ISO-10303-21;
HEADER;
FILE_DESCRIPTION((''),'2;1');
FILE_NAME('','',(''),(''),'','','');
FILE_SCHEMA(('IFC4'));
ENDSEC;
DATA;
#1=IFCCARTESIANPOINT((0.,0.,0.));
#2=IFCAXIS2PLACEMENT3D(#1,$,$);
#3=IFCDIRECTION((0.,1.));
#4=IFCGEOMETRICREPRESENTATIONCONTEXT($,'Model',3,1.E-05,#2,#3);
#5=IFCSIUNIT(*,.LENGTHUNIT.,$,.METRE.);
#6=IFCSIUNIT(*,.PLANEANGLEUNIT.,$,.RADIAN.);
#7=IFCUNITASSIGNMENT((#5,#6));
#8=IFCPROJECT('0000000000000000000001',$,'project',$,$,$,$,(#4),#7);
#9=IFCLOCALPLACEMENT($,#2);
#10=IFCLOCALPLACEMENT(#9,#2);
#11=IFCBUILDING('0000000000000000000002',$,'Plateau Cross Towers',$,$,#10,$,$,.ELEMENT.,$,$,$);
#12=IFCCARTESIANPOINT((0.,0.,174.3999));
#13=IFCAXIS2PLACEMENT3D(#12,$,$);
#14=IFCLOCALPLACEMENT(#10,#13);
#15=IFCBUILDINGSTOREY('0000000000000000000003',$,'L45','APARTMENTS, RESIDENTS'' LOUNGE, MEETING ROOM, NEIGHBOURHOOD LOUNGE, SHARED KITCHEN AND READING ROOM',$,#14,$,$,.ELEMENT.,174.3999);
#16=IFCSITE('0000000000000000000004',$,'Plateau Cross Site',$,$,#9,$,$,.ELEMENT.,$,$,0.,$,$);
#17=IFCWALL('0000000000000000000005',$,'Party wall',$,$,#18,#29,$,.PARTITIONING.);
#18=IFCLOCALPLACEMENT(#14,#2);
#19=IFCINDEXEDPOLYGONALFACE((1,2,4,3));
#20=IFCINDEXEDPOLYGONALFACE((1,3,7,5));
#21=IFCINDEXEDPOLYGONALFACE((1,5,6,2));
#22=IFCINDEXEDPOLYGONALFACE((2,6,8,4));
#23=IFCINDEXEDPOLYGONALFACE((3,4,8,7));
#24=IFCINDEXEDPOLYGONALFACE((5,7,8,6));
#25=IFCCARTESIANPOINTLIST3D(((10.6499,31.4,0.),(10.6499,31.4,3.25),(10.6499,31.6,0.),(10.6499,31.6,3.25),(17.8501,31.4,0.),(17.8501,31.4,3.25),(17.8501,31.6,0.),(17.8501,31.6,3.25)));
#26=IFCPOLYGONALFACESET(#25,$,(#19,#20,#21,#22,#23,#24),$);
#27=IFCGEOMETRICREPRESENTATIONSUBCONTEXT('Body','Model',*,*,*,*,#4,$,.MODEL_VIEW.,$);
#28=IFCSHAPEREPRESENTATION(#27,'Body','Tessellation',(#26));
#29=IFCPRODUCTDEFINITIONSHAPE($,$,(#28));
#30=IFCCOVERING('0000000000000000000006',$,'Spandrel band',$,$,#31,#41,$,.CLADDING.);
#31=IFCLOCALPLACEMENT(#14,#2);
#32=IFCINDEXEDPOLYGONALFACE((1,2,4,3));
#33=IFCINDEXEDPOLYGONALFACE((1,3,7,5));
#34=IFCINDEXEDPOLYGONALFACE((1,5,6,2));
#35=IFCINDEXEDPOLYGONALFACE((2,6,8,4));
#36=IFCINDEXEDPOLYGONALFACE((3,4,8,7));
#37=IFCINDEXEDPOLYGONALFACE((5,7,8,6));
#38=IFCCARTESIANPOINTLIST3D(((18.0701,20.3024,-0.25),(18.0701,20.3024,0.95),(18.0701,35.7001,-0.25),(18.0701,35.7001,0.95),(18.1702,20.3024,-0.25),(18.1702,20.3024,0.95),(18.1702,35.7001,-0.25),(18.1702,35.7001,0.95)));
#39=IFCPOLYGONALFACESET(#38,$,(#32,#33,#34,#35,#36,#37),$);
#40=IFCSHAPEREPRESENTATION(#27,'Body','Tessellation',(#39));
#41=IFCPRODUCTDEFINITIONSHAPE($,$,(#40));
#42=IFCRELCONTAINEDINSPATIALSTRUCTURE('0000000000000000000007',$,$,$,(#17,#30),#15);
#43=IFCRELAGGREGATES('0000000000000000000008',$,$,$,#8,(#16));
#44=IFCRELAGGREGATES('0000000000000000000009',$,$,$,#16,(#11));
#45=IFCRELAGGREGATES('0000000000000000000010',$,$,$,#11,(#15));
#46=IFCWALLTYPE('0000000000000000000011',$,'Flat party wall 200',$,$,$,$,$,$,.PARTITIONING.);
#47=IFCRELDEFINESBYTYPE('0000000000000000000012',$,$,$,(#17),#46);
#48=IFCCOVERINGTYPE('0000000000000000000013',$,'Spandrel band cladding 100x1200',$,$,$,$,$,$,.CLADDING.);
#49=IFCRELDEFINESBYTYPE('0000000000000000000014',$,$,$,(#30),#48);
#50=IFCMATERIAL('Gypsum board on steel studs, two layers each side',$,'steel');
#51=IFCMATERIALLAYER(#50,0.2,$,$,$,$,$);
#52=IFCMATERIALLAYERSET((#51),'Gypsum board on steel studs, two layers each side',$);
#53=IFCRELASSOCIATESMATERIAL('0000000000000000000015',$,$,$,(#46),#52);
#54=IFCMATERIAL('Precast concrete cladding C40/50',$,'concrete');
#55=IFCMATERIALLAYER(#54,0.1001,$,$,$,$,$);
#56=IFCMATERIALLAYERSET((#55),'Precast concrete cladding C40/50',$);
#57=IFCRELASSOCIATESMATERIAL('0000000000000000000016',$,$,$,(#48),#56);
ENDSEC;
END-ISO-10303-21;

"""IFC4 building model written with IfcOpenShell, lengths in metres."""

from ifc_helpers import new_model, si_unit, direction, frame, frame_2d, origin, origin_2d, place, context, subcontext, project, spatial, rectangle, extrude, material, layer, layer_set, type_object, element, save


model = new_model("IFC4")

# Units and contexts
model_context = context("Model", 3, precision=1e-05, world=origin(), true_north=direction((0.0, 1.0)))
body_context = subcontext(model_context, "Body", "Model", "MODEL_VIEW")
ifc_project = project(units=[si_unit("LENGTHUNIT", "METRE"), si_unit("PLANEANGLEUNIT", "RADIAN")], contexts=[model_context])

# Site, building, storey
site_placement = place(None, origin())
site = spatial("IfcSite", under=ifc_project, at=site_placement, Name="Plateau Cross Site", CompositionType="ELEMENT", RefElevation=0.0)
building_placement = place(site_placement, origin())
building = spatial("IfcBuilding", under=site, at=building_placement, Name="Plateau Cross Towers", CompositionType="ELEMENT")
storey_placement = place(building_placement, frame((0.0, 0.0, 174.3999)))
storey = spatial("IfcBuildingStorey", under=building, at=storey_placement, Name="L45", Description="APARTMENTS, RESIDENTS' LOUNGE, MEETING ROOM, NEIGHBOURHOOD LOUNGE, SHARED KITCHEN AND READING ROOM", CompositionType="ELEMENT", Elevation=174.3999)

# Wall
ifc_material_1 = material(Name="Gypsum board on steel studs, two layers each side", Category="steel")
ifc_layer_1 = layer(ifc_material_1, 0.2)
ifc_layer_set_1 = layer_set([ifc_layer_1], Name="Gypsum board on steel studs, two layers each side")
wall_type_1 = type_object("IfcWallType", Name="Flat party wall 200", PredefinedType="PARTITIONING", material=ifc_layer_set_1)
wall_1_placement = place(storey_placement, frame((17.8501, 31.5, 0.0), z_axis=(0.0, 0.0, 1.0), x_axis=(-1.0, 0.0, 0.0)))
element("IfcWall", 1, at=wall_1_placement, inside=storey, type_object=wall_type_1, Name="Party wall", PredefinedType="PARTITIONING", context=body_context, shape_type="SweptSolid", body=[
    extrude(rectangle(XDim=7.2002, YDim=0.2, at=frame_2d((3.6001, 0.0))), origin(), (0.0, 0.0, 1.0), 3.25),
])

# Covering
ifc_material_2 = material(Name="Precast concrete cladding C40/50", Category="concrete")
ifc_layer_2 = layer(ifc_material_2, 0.1001)
ifc_layer_set_2 = layer_set([ifc_layer_2], Name="Precast concrete cladding C40/50")
covering_type = type_object("IfcCoveringType", Name="Spandrel band cladding 100x1200", PredefinedType="CLADDING", material=ifc_layer_set_2)
covering_placement = place(storey_placement, frame((18.1201, 28.0012, -0.25), z_axis=(0.0, 0.0, 1.0), x_axis=(0.0, 1.0, 0.0)))
element("IfcCovering", 2, at=covering_placement, inside=storey, type_object=covering_type, Name="Spandrel band", PredefinedType="CLADDING", context=body_context, shape_type="SweptSolid", body=[
    extrude(rectangle(XDim=15.3977, YDim=0.1001, at=origin_2d()), origin(), (0.0, 0.0, 1.0), 1.2),
])

save(model, "model.ifc")
